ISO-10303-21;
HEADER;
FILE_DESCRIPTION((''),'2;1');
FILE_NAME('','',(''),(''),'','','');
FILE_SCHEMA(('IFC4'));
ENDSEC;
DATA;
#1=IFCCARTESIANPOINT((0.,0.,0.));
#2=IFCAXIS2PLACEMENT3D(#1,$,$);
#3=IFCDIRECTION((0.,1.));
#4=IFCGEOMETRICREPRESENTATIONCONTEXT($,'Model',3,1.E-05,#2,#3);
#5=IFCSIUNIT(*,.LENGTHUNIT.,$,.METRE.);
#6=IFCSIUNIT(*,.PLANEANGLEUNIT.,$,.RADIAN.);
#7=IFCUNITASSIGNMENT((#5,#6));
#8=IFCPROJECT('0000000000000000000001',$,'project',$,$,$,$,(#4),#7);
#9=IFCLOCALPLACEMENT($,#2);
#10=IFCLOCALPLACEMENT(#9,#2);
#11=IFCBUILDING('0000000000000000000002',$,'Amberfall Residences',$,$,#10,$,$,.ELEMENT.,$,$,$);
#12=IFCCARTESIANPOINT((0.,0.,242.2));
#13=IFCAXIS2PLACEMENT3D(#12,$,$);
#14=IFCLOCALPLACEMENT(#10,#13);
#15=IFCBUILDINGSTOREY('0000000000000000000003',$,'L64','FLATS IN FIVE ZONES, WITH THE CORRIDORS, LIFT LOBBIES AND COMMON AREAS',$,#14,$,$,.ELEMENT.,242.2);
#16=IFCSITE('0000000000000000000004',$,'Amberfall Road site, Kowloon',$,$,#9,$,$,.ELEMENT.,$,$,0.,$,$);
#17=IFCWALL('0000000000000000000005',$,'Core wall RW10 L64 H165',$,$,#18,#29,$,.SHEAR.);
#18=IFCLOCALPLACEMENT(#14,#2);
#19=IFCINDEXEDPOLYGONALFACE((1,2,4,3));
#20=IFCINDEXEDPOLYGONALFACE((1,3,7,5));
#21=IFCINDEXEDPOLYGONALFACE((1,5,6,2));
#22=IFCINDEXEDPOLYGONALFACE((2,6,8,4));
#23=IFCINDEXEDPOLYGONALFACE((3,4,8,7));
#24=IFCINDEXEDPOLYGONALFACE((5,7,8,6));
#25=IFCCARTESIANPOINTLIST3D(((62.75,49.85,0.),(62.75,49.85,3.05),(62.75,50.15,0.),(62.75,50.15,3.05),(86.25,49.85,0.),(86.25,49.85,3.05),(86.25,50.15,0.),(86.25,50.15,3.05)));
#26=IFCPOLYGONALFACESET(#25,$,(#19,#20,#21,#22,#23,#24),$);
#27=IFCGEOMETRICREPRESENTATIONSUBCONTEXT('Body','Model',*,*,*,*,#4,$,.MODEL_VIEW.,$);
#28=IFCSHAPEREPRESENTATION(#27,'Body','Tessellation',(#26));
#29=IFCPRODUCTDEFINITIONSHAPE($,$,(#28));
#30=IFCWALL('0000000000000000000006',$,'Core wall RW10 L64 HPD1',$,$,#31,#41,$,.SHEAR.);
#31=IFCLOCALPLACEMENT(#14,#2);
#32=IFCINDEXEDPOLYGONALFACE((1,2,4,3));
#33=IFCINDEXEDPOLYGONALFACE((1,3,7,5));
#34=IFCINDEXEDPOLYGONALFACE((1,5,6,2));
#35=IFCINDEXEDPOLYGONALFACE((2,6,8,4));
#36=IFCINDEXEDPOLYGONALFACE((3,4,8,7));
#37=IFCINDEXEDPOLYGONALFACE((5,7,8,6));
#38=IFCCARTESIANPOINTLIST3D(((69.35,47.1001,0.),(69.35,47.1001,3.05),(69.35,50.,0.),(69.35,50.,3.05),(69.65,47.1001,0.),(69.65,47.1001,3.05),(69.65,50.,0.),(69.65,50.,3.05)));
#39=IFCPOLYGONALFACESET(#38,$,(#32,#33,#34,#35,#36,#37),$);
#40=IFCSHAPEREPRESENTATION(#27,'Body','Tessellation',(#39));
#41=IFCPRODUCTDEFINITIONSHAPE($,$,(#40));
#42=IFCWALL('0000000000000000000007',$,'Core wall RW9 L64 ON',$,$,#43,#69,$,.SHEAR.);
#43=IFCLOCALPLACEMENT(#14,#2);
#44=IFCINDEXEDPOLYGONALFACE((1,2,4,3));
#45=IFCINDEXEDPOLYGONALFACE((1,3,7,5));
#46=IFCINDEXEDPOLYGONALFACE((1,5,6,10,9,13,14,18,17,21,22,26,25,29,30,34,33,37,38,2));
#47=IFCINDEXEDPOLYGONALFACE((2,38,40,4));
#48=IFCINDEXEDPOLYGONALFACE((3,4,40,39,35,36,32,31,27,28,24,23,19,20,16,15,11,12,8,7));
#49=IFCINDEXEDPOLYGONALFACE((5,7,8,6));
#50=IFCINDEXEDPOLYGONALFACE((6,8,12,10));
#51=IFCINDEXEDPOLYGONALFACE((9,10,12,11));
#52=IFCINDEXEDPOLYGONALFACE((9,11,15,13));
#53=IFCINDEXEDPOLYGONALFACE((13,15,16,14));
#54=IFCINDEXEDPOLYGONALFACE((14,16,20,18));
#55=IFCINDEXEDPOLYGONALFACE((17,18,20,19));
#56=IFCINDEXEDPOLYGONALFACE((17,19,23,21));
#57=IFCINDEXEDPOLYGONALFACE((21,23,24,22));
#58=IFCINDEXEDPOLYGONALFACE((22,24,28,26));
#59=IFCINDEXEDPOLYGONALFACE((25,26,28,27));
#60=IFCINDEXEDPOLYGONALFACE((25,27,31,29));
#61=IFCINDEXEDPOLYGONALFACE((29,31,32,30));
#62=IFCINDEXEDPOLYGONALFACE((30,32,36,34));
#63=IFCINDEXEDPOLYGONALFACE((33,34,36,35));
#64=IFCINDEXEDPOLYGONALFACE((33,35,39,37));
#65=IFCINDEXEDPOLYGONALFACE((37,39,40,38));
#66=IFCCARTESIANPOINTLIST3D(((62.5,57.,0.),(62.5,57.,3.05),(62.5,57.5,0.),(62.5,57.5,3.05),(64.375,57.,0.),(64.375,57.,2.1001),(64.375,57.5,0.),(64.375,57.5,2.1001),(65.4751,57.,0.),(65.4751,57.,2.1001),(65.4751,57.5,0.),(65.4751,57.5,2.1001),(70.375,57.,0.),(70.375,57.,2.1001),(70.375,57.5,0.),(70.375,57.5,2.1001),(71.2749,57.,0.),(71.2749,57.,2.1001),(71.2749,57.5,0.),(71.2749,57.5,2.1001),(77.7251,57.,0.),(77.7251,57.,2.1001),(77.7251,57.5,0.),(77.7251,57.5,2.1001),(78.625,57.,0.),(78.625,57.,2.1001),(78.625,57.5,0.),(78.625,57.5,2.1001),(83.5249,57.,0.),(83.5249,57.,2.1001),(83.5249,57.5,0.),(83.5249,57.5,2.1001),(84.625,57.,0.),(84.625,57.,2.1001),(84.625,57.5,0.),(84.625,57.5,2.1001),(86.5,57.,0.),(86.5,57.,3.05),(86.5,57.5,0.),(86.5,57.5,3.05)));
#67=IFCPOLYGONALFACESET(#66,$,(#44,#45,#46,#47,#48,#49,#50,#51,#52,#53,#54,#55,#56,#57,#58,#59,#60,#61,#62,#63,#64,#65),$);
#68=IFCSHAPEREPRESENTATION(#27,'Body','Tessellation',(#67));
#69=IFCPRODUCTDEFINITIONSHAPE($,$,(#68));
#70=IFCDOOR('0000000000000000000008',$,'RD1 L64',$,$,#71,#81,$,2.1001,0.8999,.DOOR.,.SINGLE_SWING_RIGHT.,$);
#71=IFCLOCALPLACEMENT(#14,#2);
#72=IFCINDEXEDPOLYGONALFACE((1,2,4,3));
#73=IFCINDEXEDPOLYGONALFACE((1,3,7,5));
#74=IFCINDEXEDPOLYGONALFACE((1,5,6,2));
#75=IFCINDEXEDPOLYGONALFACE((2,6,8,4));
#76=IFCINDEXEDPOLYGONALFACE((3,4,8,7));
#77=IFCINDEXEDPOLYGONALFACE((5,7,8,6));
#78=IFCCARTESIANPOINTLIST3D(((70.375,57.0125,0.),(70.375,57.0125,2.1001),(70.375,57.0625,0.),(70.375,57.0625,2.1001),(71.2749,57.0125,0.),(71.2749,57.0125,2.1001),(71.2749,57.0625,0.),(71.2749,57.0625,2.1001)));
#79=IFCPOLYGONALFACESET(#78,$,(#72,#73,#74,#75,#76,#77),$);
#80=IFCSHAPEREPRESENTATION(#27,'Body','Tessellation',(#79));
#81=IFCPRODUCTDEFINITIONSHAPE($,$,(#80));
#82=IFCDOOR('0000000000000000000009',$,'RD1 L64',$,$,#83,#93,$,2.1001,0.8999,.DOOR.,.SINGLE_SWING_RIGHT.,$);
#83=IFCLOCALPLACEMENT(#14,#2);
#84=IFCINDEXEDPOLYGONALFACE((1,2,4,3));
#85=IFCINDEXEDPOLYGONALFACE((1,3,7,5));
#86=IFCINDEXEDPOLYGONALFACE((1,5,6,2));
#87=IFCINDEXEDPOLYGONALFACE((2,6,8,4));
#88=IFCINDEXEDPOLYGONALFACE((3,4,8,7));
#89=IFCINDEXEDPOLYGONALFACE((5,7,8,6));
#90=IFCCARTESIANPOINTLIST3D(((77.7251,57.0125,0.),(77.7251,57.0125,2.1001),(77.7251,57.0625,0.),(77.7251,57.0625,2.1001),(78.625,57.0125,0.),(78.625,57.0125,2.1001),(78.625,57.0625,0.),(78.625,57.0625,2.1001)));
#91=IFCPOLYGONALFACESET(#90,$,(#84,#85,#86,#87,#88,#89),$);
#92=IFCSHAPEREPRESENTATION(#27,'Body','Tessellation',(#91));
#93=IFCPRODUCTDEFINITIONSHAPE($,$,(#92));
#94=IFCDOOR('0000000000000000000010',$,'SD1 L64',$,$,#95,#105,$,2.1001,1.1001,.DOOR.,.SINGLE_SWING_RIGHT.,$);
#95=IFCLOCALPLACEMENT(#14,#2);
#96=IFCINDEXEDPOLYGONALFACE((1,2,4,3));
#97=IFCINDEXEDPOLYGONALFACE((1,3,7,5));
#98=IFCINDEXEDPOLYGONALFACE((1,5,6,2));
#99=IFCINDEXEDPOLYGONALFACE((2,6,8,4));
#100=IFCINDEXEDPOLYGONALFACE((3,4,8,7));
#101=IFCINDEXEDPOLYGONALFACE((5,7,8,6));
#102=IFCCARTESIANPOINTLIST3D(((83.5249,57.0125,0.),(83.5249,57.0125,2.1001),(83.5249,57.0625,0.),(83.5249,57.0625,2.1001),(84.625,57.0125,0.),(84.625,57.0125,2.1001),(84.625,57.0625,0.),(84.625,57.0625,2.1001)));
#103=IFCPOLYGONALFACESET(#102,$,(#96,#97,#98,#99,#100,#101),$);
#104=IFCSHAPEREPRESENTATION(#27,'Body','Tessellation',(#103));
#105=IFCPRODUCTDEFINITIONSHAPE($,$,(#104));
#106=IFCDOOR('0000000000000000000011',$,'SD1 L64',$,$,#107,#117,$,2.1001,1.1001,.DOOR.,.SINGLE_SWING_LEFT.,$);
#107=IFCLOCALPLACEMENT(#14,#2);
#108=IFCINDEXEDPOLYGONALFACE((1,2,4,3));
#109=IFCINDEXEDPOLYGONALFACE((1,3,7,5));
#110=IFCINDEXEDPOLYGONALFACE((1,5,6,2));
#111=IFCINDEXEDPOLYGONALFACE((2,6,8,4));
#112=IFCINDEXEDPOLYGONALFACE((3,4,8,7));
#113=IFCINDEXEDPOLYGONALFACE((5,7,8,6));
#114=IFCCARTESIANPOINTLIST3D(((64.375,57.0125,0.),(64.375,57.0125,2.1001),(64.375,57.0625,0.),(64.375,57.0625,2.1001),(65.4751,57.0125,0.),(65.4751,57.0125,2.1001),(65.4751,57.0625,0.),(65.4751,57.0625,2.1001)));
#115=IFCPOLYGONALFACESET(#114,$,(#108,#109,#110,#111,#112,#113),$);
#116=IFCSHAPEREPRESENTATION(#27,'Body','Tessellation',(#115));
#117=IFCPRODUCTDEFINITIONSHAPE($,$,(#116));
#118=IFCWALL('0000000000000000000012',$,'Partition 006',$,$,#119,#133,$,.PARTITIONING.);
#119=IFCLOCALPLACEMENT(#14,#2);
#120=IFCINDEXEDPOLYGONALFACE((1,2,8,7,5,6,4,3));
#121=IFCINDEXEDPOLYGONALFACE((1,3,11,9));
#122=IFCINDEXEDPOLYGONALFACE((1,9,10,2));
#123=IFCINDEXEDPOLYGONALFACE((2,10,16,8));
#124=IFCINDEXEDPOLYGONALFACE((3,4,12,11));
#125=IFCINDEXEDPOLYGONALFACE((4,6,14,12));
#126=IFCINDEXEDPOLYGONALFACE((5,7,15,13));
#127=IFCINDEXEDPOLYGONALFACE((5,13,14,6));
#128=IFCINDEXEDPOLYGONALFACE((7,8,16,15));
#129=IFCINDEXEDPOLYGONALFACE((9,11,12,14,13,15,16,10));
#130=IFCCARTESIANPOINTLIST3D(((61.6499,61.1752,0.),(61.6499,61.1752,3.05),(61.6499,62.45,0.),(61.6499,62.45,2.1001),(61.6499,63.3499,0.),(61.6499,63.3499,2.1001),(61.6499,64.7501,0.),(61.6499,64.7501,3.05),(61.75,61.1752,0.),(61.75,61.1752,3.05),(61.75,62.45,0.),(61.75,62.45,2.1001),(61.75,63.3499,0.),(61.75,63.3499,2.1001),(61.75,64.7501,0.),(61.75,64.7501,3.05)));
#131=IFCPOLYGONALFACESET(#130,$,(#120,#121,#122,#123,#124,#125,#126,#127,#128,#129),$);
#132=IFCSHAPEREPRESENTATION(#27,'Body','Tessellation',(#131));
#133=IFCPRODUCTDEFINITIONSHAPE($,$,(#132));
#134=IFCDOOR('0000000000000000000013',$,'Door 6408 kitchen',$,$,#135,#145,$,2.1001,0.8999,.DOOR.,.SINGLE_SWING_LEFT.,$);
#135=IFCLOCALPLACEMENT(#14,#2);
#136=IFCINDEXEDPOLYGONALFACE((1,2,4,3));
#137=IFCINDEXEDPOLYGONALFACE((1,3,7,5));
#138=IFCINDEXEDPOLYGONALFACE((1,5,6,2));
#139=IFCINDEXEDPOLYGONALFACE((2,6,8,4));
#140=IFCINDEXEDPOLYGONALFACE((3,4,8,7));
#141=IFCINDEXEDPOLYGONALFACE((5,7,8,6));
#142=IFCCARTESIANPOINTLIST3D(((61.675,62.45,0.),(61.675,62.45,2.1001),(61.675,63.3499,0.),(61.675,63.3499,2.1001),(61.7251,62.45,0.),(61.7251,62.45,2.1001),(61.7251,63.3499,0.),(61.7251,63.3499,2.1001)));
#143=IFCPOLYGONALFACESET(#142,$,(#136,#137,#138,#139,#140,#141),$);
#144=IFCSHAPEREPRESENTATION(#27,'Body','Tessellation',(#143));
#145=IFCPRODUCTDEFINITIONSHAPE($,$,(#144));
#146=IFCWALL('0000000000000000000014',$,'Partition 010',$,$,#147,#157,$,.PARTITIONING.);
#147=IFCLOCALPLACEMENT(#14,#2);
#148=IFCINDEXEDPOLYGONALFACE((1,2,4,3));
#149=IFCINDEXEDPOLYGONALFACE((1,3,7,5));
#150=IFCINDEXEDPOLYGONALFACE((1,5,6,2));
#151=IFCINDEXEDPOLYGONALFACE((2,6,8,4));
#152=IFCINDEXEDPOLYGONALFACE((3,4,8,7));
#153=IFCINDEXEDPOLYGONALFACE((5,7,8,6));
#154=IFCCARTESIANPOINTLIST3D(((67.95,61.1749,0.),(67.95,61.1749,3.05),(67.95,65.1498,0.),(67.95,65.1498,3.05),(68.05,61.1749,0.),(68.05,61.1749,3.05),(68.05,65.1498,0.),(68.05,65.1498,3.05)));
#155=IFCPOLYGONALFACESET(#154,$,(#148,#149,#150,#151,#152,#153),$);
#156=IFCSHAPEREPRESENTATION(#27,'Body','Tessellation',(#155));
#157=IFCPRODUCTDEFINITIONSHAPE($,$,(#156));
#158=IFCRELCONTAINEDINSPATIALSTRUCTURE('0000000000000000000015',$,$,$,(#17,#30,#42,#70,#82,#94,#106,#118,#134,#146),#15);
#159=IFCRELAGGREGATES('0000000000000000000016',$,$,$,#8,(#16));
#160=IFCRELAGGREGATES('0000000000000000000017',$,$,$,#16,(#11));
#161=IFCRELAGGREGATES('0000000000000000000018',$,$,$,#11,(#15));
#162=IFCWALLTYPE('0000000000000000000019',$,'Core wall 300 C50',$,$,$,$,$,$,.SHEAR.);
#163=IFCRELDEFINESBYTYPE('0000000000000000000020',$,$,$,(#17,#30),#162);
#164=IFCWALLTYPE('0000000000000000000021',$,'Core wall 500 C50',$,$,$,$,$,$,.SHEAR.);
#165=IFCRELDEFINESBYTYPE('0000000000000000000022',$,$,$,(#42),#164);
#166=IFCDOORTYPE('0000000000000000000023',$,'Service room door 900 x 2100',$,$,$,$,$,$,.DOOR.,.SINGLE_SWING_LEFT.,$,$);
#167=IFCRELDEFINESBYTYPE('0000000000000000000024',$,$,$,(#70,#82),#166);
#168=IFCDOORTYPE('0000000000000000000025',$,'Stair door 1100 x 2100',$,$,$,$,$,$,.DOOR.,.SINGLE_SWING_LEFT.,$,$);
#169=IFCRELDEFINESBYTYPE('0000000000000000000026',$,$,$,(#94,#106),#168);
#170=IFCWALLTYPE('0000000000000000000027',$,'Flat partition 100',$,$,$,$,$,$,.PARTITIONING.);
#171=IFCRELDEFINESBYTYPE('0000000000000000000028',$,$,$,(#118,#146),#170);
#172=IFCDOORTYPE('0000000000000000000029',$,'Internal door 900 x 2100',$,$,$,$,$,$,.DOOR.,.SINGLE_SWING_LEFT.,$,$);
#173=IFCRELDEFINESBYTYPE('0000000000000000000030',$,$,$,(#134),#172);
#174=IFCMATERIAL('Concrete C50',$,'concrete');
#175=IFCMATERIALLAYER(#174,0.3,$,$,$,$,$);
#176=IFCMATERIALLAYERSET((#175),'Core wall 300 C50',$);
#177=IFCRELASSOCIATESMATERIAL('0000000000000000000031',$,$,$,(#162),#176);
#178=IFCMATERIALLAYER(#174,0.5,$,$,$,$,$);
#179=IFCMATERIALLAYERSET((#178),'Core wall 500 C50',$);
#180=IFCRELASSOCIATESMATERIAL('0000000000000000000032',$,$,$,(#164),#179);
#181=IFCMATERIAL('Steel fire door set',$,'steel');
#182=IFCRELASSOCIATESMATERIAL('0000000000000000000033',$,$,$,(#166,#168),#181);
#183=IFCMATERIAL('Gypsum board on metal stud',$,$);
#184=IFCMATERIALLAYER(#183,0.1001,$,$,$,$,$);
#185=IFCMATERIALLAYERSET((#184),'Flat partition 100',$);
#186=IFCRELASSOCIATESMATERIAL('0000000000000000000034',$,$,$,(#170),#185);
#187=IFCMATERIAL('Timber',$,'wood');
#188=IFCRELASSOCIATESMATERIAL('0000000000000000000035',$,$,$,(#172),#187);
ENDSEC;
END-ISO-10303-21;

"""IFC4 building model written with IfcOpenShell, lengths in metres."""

from ifc_helpers import new_model, si_unit, direction, frame, frame_2d, origin, place, context, subcontext, project, spatial, rectangle, extrude, material, layer, layer_set, type_object, element, fill, save


model = new_model("IFC4")

# Units and contexts
model_context = context("Model", 3, precision=1e-05, world=origin(), true_north=direction((0.0, 1.0)))
body_context = subcontext(model_context, "Body", "Model", "MODEL_VIEW")
ifc_project = project(units=[si_unit("LENGTHUNIT", "METRE"), si_unit("PLANEANGLEUNIT", "RADIAN")], contexts=[model_context])

# Site, building, storey
site_placement = place(None, origin())
site = spatial("IfcSite", under=ifc_project, at=site_placement, Name="Amberfall Road site, Kowloon", CompositionType="ELEMENT", RefElevation=0.0)
building_placement = place(site_placement, origin())
building = spatial("IfcBuilding", under=site, at=building_placement, Name="Amberfall Residences", CompositionType="ELEMENT")
storey_placement = place(building_placement, frame((0.0, 0.0, 242.2)))
storey = spatial("IfcBuildingStorey", under=building, at=storey_placement, Name="L64", Description="FLATS IN FIVE ZONES, WITH THE CORRIDORS, LIFT LOBBIES AND COMMON AREAS", CompositionType="ELEMENT", Elevation=242.2)

# Walls
ifc_material_1 = material(Name="Concrete C50", Category="concrete")
ifc_layer_1 = layer(ifc_material_1, 0.3)
ifc_layer_set_1 = layer_set([ifc_layer_1], Name="Core wall 300 C50")
wall_type_1 = type_object("IfcWallType", Name="Core wall 300 C50", PredefinedType="SHEAR", material=ifc_layer_set_1)
wall_1_placement = place(storey_placement, frame((62.75, 50.0, 0.0), z_axis=(0.0, 0.0, 1.0), x_axis=(1.0, 0.0, 0.0)))
element("IfcWall", 1, at=wall_1_placement, inside=storey, type_object=wall_type_1, Name="Core wall RW10 L64 H165", PredefinedType="SHEAR", context=body_context, shape_type="SweptSolid", body=[
    extrude(rectangle(XDim=23.5, YDim=0.3, at=frame_2d((11.75, 0.0))), origin(), (0.0, 0.0, 1.0), 3.05),
])
wall_2_placement = place(storey_placement, frame((69.5, 47.1001, 0.0), z_axis=(0.0, 0.0, 1.0), x_axis=(0.0, 1.0, 0.0)))
element("IfcWall", 2, at=wall_2_placement, inside=storey, type_object=wall_type_1, Name="Core wall RW10 L64 HPD1", PredefinedType="SHEAR", context=body_context, shape_type="SweptSolid", body=[
    extrude(rectangle(XDim=2.8999, YDim=0.3, at=frame_2d((1.45, 0.0))), origin(), (0.0, 0.0, 1.0), 3.05),
])

# Wall, openings, doors
ifc_layer_2 = layer(ifc_material_1, 0.5)
ifc_layer_set_2 = layer_set([ifc_layer_2], Name="Core wall 500 C50")
wall_type_2 = type_object("IfcWallType", Name="Core wall 500 C50", PredefinedType="SHEAR", material=ifc_layer_set_2)
wall_3_placement = place(storey_placement, frame((62.5, 57.25, 0.0), z_axis=(0.0, 0.0, 1.0), x_axis=(1.0, 0.0, 0.0)))
wall_3 = element("IfcWall", 3, at=wall_3_placement, inside=storey, type_object=wall_type_2, Name="Core wall RW9 L64 ON", PredefinedType="SHEAR", context=body_context, shape_type="SweptSolid", body=[
    extrude(rectangle(XDim=24.0, YDim=0.5, at=frame_2d((12.0, 0.0))), origin(), (0.0, 0.0, 1.0), 3.05),
])
opening_1_placement = place(wall_3_placement, frame((21.0249, 0.0, 0.0)))
opening_1 = element("IfcOpeningElement", 4, at=opening_1_placement, cuts=wall_3, PredefinedType="OPENING", context=body_context, shape_type="SweptSolid", body=[
    extrude(rectangle(XDim=1.1001, YDim=2.1001, at=frame_2d((0.55, 1.05))), frame((0.0, 0.26, 0.0), z_axis=(0.0, -1.0, 0.0), x_axis=(1.0, 0.0, 0.0)), (0.0, 0.0, 1.0), 0.52),
])
opening_2_placement = place(wall_3_placement, frame((1.875, 0.0, 0.0)))
opening_2 = element("IfcOpeningElement", 5, at=opening_2_placement, cuts=wall_3, PredefinedType="OPENING", context=body_context, shape_type="SweptSolid", body=[
    extrude(rectangle(XDim=1.1001, YDim=2.1001, at=frame_2d((0.55, 1.05))), frame((0.0, 0.26, 0.0), z_axis=(0.0, -1.0, 0.0), x_axis=(1.0, 0.0, 0.0)), (0.0, 0.0, 1.0), 0.52),
])
opening_3_placement = place(wall_3_placement, frame((7.875, 0.0, 0.0)))
opening_3 = element("IfcOpeningElement", 6, at=opening_3_placement, cuts=wall_3, PredefinedType="OPENING", context=body_context, shape_type="SweptSolid", body=[
    extrude(rectangle(XDim=0.8999, YDim=2.1001, at=frame_2d((0.45, 1.05))), frame((0.0, 0.26, 0.0), z_axis=(0.0, -1.0, 0.0), x_axis=(1.0, 0.0, 0.0)), (0.0, 0.0, 1.0), 0.52),
])
opening_4_placement = place(wall_3_placement, frame((15.2251, 0.0, 0.0)))
opening_4 = element("IfcOpeningElement", 7, at=opening_4_placement, cuts=wall_3, PredefinedType="OPENING", context=body_context, shape_type="SweptSolid", body=[
    extrude(rectangle(XDim=0.8999, YDim=2.1001, at=frame_2d((0.45, 1.05))), frame((0.0, 0.26, 0.0), z_axis=(0.0, -1.0, 0.0), x_axis=(1.0, 0.0, 0.0)), (0.0, 0.0, 1.0), 0.52),
])
ifc_material_2 = material(Name="Steel fire door set", Category="steel")
door_type_1 = type_object("IfcDoorType", Name="Service room door 900 x 2100", OperationType="SINGLE_SWING_LEFT", PredefinedType="DOOR", material=ifc_material_2)
door_1_placement = place(opening_3_placement, origin())
door_1 = element("IfcDoor", 8, at=door_1_placement, inside=storey, type_object=door_type_1, Name="RD1 L64", OperationType="SINGLE_SWING_RIGHT", OverallHeight=2.1001, OverallWidth=0.8999, PredefinedType="DOOR", context=body_context, shape_type="SweptSolid", body=[
    extrude(rectangle(XDim=0.8999, YDim=2.1001, at=frame_2d((0.45, 1.05))), frame((0.0, -0.1875, 0.0), z_axis=(0.0, -1.0, 0.0), x_axis=(1.0, 0.0, 0.0)), (0.0, 0.0, 1.0), 0.05),
])
fill(opening_3, door_1)
door_2_placement = place(opening_4_placement, origin())
door_2 = element("IfcDoor", 9, at=door_2_placement, inside=storey, type_object=door_type_1, Name="RD1 L64", OperationType="SINGLE_SWING_RIGHT", OverallHeight=2.1001, OverallWidth=0.8999, PredefinedType="DOOR", context=body_context, shape_type="SweptSolid", body=[
    extrude(rectangle(XDim=0.8999, YDim=2.1001, at=frame_2d((0.45, 1.05))), frame((0.0, -0.1875, 0.0), z_axis=(0.0, -1.0, 0.0), x_axis=(1.0, 0.0, 0.0)), (0.0, 0.0, 1.0), 0.05),
])
fill(opening_4, door_2)
door_type_2 = type_object("IfcDoorType", Name="Stair door 1100 x 2100", OperationType="SINGLE_SWING_LEFT", PredefinedType="DOOR", material=ifc_material_2)
door_3_placement = place(opening_1_placement, origin())
door_3 = element("IfcDoor", 10, at=door_3_placement, inside=storey, type_object=door_type_2, Name="SD1 L64", OperationType="SINGLE_SWING_RIGHT", OverallHeight=2.1001, OverallWidth=1.1001, PredefinedType="DOOR", context=body_context, shape_type="SweptSolid", body=[
    extrude(rectangle(XDim=1.1001, YDim=2.1001, at=frame_2d((0.55, 1.05))), frame((0.0, -0.1875, 0.0), z_axis=(0.0, -1.0, 0.0), x_axis=(1.0, 0.0, 0.0)), (0.0, 0.0, 1.0), 0.05),
])
fill(opening_1, door_3)
door_4_placement = place(opening_2_placement, origin())
door_4 = element("IfcDoor", 11, at=door_4_placement, inside=storey, type_object=door_type_2, Name="SD1 L64", OperationType="SINGLE_SWING_LEFT", OverallHeight=2.1001, OverallWidth=1.1001, PredefinedType="DOOR", context=body_context, shape_type="SweptSolid", body=[
    extrude(rectangle(XDim=1.1001, YDim=2.1001, at=frame_2d((0.55, 1.05))), frame((0.0, -0.1875, 0.0), z_axis=(0.0, -1.0, 0.0), x_axis=(1.0, 0.0, 0.0)), (0.0, 0.0, 1.0), 0.05),
])
fill(opening_2, door_4)

# Wall, opening, door
ifc_material_3 = material(Name="Gypsum board on metal stud")
ifc_layer_3 = layer(ifc_material_3, 0.1001)
ifc_layer_set_3 = layer_set([ifc_layer_3], Name="Flat partition 100")
wall_type_3 = type_object("IfcWallType", Name="Flat partition 100", PredefinedType="PARTITIONING", material=ifc_layer_set_3)
wall_4_placement = place(storey_placement, frame((61.7, 61.175, 0.0), z_axis=(0.0, 0.0, 1.0), x_axis=(0.0, 1.0, 0.0)))
wall_4 = element("IfcWall", 12, at=wall_4_placement, inside=storey, type_object=wall_type_3, Name="Partition 006", PredefinedType="PARTITIONING", context=body_context, shape_type="SweptSolid", body=[
    extrude(rectangle(XDim=3.575, YDim=0.1001, at=frame_2d((1.7876, 0.0))), origin(), (0.0, 0.0, 1.0), 3.05),
])
opening_5_placement = place(wall_4_placement, frame((1.2749, 0.0, 0.0)))
opening_5 = element("IfcOpeningElement", 13, at=opening_5_placement, cuts=wall_4, PredefinedType="OPENING", context=body_context, shape_type="SweptSolid", body=[
    extrude(rectangle(XDim=0.8999, YDim=2.1001, at=frame_2d((0.45, 1.05))), frame((0.0, 0.0601, 0.0), z_axis=(0.0, -1.0, 0.0), x_axis=(1.0, 0.0, 0.0)), (0.0, 0.0, 1.0), 0.1201),
])
ifc_material_4 = material(Name="Timber", Category="wood")
door_type_3 = type_object("IfcDoorType", Name="Internal door 900 x 2100", OperationType="SINGLE_SWING_LEFT", PredefinedType="DOOR", material=ifc_material_4)
door_5_placement = place(opening_5_placement, origin())
door_5 = element("IfcDoor", 14, at=door_5_placement, inside=storey, type_object=door_type_3, Name="Door 6408 kitchen", OperationType="SINGLE_SWING_LEFT", OverallHeight=2.1001, OverallWidth=0.8999, PredefinedType="DOOR", context=body_context, shape_type="SweptSolid", body=[
    extrude(rectangle(XDim=0.8999, YDim=2.1001, at=frame_2d((0.45, 1.05))), frame((0.0, 0.0249, 0.0), z_axis=(0.0, -1.0, 0.0), x_axis=(1.0, 0.0, 0.0)), (0.0, 0.0, 1.0), 0.05),
])
fill(opening_5, door_5)

# Wall
wall_5_placement = place(storey_placement, frame((68.0, 61.175, 0.0), z_axis=(0.0, 0.0, 1.0), x_axis=(0.0, 1.0, 0.0)))
element("IfcWall", 15, at=wall_5_placement, inside=storey, type_object=wall_type_3, Name="Partition 010", PredefinedType="PARTITIONING", context=body_context, shape_type="SweptSolid", body=[
    extrude(rectangle(XDim=3.9749, YDim=0.1001, at=frame_2d((1.9873, 0.0))), origin(), (0.0, 0.0, 1.0), 3.05),
])

save(model, "model.ifc")
